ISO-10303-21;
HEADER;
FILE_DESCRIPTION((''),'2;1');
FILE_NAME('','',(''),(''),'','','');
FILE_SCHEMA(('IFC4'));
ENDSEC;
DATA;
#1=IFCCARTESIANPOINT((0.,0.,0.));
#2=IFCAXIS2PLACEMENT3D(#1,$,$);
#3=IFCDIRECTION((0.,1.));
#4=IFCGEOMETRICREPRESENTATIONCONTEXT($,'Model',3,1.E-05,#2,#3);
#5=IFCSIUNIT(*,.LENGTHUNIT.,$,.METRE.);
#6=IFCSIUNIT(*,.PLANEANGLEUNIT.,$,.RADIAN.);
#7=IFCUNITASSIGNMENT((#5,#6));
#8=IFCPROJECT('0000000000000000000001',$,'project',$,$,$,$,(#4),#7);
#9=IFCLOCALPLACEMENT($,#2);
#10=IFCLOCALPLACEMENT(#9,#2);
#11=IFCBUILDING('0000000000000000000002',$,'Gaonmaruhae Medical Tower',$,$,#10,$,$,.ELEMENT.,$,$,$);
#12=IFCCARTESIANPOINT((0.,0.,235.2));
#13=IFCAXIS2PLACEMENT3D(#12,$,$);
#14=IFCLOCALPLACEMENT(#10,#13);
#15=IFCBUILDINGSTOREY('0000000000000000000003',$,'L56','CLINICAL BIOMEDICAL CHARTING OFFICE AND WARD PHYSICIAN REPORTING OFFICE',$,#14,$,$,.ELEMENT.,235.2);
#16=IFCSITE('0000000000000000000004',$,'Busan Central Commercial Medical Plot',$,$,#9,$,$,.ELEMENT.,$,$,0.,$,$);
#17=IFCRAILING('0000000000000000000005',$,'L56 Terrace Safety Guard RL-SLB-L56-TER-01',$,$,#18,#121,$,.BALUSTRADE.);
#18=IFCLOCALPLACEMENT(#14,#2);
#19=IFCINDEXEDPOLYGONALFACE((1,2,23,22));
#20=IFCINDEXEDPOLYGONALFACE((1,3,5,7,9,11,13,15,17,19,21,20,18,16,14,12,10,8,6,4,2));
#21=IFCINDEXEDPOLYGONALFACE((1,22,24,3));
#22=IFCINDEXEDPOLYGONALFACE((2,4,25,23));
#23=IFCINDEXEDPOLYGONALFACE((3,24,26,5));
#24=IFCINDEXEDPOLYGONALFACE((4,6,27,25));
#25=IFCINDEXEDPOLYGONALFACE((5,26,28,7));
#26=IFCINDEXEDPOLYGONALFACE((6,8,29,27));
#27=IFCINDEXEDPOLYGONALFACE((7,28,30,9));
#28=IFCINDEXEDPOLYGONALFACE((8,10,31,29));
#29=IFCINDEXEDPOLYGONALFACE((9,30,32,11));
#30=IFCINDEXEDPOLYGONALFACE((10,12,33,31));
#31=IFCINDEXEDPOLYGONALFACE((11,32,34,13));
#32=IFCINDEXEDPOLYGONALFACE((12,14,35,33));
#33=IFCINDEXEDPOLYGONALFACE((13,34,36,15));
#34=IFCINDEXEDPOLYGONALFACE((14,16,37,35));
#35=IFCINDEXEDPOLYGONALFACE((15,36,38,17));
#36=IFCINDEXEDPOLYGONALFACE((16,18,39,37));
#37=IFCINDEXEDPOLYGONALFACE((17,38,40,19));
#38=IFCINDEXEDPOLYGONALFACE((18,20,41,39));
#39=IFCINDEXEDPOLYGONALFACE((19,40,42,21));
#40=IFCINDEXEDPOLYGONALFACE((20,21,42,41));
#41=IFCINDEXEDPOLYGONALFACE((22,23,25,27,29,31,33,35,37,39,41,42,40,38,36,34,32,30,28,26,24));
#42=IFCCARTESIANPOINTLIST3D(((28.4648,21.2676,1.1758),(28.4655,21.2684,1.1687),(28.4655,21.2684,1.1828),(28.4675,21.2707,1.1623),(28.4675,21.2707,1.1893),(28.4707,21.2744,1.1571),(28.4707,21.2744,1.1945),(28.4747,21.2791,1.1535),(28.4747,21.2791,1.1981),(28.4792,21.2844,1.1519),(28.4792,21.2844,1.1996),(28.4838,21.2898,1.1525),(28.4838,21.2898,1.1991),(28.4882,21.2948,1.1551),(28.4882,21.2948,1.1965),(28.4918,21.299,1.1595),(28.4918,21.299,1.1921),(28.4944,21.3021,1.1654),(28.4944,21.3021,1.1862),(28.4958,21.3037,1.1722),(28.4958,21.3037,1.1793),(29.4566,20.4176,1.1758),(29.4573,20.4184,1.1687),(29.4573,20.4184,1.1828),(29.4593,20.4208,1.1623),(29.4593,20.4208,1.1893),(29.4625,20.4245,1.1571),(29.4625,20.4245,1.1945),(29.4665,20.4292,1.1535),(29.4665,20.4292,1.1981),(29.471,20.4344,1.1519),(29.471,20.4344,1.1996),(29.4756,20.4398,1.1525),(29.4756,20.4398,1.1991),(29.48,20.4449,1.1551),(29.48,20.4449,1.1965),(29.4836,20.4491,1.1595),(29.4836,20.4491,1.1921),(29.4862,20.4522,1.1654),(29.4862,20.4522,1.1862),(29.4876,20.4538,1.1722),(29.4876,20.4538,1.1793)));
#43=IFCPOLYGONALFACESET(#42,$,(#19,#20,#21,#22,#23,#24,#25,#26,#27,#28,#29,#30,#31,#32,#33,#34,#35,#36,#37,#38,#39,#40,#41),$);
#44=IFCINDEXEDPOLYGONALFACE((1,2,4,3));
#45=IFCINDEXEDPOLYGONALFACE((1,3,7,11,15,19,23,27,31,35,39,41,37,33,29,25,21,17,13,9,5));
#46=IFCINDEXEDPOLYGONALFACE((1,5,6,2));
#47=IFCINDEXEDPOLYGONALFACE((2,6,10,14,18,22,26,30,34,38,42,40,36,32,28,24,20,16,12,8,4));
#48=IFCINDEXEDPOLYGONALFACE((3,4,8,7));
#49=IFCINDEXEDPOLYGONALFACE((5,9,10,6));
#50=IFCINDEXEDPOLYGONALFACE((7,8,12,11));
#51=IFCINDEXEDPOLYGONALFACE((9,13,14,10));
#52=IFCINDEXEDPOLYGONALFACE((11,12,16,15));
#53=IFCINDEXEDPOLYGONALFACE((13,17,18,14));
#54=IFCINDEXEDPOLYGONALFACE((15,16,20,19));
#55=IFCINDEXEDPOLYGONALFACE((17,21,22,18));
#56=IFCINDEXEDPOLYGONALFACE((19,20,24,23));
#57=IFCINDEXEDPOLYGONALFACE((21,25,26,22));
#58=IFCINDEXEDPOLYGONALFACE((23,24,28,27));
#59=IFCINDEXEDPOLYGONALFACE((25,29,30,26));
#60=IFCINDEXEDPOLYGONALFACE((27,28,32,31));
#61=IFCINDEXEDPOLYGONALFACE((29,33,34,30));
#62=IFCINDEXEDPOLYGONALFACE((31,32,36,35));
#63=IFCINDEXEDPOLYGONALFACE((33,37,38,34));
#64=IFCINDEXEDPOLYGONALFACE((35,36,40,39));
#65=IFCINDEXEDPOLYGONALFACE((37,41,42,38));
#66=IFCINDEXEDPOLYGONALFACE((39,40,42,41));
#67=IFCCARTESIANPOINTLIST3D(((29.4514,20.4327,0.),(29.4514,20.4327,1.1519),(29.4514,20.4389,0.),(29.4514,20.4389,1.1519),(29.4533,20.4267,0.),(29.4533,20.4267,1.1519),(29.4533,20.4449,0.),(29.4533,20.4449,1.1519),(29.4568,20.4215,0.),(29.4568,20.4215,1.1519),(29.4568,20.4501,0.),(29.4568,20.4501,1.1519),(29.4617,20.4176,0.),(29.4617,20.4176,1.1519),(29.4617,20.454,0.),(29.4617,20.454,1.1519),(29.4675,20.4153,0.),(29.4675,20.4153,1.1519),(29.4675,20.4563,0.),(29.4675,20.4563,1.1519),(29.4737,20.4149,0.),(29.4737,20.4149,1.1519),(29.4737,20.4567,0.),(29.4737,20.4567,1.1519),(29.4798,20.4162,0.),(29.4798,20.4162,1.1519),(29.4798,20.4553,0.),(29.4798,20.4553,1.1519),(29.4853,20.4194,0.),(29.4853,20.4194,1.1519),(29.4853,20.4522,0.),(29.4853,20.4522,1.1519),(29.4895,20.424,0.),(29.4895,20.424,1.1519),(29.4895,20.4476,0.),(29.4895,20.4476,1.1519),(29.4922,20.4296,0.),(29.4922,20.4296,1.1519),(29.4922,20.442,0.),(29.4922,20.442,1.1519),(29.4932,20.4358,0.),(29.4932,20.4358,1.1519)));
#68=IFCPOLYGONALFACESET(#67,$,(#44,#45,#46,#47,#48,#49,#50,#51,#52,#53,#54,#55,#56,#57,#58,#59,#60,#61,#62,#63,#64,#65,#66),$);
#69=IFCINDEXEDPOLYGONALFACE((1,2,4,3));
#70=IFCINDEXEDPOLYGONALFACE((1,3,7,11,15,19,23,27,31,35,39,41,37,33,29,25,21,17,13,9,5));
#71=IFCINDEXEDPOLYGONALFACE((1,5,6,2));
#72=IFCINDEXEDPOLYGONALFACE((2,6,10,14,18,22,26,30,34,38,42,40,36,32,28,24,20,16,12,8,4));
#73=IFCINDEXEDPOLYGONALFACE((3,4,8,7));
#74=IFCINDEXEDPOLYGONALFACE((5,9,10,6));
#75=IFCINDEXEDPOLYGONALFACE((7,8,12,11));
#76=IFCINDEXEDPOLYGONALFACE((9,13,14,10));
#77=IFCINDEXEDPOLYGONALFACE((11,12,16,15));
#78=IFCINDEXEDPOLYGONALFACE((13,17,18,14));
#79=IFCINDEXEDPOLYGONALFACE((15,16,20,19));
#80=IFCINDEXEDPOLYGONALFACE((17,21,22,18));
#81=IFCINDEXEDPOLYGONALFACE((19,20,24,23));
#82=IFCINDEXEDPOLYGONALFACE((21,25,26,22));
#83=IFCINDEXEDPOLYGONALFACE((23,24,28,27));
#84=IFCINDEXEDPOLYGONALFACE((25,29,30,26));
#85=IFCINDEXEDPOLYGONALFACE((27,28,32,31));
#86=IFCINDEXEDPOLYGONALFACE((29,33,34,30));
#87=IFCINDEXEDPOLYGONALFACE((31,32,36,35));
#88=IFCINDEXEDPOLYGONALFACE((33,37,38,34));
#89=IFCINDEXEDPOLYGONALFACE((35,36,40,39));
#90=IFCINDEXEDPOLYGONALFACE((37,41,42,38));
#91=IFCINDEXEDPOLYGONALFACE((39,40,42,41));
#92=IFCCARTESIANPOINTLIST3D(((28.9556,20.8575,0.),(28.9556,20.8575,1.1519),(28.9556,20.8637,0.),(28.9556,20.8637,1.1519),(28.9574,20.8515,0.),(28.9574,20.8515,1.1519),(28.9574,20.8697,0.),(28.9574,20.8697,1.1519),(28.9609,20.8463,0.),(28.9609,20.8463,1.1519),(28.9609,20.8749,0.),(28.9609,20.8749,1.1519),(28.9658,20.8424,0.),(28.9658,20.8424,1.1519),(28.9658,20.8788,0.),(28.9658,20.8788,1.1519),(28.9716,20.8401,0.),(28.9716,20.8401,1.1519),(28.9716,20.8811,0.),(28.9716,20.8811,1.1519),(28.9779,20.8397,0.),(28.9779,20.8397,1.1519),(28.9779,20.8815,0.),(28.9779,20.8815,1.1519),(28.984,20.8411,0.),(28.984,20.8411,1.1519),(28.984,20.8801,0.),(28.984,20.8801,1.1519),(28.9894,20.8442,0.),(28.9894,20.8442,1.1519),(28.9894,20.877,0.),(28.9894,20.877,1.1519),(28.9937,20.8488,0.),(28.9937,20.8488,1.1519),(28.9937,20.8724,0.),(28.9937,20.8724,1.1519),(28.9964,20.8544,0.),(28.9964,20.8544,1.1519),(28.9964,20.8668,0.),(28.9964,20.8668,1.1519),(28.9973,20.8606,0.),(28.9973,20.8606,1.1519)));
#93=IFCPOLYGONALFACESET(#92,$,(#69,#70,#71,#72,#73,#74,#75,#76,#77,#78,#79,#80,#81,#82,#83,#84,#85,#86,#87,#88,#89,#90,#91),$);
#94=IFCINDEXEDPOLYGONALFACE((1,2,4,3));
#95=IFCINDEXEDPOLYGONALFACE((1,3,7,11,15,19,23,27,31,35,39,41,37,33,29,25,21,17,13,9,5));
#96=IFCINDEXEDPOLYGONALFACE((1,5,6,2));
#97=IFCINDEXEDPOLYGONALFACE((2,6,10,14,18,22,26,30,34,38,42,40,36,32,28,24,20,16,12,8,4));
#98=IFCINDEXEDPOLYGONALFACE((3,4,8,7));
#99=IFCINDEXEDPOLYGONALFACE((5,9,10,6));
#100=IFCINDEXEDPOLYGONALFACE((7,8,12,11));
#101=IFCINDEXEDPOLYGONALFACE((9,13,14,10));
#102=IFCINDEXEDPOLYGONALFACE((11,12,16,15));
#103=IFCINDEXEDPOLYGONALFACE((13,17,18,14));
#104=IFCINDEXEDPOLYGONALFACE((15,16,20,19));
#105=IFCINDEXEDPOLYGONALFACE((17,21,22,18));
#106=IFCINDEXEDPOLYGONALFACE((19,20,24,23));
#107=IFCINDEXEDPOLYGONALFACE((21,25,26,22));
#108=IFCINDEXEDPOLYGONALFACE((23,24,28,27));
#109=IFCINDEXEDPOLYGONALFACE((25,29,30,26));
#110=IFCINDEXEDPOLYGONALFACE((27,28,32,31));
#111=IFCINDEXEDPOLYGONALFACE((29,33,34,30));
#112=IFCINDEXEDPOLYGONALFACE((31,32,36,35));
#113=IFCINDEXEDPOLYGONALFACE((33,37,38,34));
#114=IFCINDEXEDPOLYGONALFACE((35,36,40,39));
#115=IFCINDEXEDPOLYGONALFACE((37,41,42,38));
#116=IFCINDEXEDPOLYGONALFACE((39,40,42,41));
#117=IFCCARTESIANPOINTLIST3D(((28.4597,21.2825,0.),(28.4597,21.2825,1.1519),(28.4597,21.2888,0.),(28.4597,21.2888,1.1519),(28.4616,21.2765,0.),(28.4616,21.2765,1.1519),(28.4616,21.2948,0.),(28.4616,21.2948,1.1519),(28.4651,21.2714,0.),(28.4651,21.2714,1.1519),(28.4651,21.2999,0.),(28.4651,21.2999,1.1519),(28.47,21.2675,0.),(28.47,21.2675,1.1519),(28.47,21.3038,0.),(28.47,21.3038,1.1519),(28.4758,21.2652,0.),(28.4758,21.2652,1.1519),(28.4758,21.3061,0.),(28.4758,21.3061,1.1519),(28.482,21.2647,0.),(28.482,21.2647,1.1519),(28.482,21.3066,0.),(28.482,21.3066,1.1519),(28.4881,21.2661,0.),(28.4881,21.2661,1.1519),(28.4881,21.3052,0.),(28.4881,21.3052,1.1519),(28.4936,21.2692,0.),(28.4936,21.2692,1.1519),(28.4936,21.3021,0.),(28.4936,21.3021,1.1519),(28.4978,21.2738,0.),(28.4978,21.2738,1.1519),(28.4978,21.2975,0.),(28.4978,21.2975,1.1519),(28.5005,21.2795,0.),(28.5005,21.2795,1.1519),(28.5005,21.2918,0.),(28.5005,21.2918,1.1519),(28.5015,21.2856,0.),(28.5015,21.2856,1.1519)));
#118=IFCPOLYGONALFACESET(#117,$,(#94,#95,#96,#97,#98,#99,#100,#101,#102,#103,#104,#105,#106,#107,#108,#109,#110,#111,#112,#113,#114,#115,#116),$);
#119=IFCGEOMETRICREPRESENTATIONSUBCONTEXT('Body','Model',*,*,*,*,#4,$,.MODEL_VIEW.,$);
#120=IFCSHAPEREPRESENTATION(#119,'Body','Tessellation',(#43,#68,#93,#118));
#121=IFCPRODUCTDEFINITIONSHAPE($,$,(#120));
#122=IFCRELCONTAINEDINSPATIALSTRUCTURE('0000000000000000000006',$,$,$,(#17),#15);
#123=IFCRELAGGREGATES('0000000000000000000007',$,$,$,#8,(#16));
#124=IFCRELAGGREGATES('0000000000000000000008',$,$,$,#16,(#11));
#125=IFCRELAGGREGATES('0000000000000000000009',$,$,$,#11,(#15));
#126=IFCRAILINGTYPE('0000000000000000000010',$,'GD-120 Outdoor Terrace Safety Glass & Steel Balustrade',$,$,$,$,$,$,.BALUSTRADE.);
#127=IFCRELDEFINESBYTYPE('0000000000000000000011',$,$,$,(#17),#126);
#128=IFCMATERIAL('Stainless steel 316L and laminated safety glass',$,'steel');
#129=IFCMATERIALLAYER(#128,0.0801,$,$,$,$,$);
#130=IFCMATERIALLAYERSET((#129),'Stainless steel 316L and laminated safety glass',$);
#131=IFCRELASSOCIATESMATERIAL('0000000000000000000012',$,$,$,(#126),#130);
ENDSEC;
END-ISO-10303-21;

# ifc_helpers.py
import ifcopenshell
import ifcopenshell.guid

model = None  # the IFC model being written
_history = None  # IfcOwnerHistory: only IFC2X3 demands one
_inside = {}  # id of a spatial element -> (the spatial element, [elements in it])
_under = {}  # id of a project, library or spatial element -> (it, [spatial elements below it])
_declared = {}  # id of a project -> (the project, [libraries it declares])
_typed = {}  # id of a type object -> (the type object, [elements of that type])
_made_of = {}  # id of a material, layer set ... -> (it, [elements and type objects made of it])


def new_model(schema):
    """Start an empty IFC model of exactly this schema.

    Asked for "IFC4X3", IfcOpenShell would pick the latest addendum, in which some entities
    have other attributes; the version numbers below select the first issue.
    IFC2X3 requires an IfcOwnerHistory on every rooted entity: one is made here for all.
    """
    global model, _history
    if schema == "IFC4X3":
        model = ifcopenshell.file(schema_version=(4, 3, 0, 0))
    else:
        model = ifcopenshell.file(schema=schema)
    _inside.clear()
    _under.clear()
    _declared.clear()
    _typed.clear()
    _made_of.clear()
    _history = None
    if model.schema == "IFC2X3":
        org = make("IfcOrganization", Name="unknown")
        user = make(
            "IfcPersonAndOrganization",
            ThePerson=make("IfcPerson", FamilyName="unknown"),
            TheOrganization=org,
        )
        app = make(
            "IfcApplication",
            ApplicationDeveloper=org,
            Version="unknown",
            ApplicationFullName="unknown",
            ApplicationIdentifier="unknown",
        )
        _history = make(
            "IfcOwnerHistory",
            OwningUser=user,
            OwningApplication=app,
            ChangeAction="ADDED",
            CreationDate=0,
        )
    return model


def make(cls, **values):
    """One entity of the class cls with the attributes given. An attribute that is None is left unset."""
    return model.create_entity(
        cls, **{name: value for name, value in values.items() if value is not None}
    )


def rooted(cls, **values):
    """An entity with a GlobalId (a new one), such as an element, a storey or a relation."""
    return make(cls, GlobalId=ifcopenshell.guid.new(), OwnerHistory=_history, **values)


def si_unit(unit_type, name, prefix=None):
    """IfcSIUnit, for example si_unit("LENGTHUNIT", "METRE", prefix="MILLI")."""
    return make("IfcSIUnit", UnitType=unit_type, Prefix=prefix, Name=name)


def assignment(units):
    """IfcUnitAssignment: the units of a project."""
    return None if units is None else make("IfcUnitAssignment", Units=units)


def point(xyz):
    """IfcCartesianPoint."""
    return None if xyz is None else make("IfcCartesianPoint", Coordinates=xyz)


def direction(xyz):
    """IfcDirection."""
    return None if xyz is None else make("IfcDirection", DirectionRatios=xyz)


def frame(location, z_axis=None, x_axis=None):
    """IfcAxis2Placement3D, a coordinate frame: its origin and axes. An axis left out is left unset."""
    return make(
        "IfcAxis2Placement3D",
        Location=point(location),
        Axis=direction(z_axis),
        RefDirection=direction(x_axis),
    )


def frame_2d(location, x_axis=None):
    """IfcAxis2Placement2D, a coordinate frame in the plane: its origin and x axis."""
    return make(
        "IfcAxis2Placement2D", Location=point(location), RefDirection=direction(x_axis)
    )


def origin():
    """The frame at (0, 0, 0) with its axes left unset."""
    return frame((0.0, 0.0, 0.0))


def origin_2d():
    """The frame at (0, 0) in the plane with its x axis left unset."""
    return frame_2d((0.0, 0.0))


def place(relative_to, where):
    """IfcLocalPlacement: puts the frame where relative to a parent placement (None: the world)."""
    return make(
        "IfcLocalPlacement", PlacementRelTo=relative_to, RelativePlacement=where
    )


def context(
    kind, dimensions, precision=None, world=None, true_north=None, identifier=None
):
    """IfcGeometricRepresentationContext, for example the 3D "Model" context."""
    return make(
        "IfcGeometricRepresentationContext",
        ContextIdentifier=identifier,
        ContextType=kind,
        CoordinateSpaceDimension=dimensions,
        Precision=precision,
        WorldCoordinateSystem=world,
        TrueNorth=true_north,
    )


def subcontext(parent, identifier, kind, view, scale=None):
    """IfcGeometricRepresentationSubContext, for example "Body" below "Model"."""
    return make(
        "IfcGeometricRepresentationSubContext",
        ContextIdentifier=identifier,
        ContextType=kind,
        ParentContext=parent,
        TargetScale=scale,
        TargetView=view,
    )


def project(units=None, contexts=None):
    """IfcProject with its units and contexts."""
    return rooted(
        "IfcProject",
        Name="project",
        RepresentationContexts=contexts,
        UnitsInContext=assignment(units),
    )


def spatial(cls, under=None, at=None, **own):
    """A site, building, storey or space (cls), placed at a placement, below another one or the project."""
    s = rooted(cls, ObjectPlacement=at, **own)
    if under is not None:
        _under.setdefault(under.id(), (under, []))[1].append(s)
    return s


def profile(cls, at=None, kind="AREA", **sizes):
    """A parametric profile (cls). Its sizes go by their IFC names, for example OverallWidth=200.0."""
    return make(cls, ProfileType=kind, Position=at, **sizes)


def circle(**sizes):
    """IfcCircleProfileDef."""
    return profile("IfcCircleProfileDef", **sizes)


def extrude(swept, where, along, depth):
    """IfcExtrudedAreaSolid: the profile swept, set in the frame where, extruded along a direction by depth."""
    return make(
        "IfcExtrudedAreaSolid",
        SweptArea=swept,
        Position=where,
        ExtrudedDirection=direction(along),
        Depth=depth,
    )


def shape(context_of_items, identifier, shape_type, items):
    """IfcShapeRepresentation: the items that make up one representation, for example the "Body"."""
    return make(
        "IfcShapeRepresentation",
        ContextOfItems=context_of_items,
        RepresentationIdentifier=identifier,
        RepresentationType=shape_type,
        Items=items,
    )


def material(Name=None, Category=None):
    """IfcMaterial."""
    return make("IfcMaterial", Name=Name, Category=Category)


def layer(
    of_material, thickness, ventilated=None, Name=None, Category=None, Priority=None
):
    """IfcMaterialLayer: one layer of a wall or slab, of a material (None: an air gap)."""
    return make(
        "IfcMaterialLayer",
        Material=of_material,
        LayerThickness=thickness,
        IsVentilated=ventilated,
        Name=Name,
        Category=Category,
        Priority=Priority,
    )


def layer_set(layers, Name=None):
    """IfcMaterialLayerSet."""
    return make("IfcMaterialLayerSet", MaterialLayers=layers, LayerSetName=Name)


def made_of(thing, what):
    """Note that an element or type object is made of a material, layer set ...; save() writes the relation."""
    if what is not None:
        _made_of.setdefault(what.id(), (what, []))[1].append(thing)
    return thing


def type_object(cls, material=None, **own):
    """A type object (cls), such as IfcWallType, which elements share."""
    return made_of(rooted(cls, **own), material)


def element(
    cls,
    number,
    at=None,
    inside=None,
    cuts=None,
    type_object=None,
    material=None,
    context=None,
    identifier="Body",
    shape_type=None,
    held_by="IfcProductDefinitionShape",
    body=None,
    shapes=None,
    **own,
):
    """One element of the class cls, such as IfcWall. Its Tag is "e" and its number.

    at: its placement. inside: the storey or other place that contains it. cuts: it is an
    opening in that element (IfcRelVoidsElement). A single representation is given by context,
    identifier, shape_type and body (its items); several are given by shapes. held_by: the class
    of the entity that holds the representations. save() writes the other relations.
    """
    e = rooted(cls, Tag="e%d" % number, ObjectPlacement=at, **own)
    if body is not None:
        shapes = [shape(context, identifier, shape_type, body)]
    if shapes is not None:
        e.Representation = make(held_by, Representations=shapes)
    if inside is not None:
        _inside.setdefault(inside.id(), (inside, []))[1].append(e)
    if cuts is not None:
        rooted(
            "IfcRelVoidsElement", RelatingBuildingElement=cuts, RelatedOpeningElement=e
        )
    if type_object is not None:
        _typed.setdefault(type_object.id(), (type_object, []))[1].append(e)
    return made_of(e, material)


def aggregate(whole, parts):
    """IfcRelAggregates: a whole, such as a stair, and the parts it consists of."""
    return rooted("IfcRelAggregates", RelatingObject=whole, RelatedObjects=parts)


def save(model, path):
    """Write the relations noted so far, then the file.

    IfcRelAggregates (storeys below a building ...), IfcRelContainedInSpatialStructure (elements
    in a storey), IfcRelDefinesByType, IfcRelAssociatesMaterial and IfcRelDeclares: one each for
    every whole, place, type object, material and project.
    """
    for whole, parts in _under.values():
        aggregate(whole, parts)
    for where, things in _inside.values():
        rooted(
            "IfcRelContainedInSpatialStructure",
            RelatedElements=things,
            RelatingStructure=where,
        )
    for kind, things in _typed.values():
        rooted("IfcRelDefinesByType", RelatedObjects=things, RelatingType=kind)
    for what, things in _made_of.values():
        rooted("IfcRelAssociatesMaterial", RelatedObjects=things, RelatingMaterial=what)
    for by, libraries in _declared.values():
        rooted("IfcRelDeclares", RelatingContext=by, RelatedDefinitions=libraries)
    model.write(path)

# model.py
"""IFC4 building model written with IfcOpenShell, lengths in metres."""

from ifc_helpers import new_model, si_unit, direction, frame, origin, origin_2d, place, context, subcontext, project, spatial, circle, extrude, material, layer, layer_set, type_object, element, save


model = new_model("IFC4")

# Units and contexts
model_context = context("Model", 3, precision=1e-05, world=origin(), true_north=direction((0.0, 1.0)))
body_context = subcontext(model_context, "Body", "Model", "MODEL_VIEW")
ifc_project = project(units=[si_unit("LENGTHUNIT", "METRE"), si_unit("PLANEANGLEUNIT", "RADIAN")], contexts=[model_context])

# Site, building, storey
site_placement = place(None, origin())
site = spatial("IfcSite", under=ifc_project, at=site_placement, Name="Busan Central Commercial Medical Plot", CompositionType="ELEMENT", RefElevation=0.0)
building_placement = place(site_placement, origin())
building = spatial("IfcBuilding", under=site, at=building_placement, Name="Gaonmaruhae Medical Tower", CompositionType="ELEMENT")
storey_placement = place(building_placement, frame((0.0, 0.0, 235.2)))
storey = spatial("IfcBuildingStorey", under=building, at=storey_placement, Name="L56", Description="CLINICAL BIOMEDICAL CHARTING OFFICE AND WARD PHYSICIAN REPORTING OFFICE", CompositionType="ELEMENT", Elevation=235.2)

# Railing
ifc_material_1 = material(Name="Stainless steel 316L and laminated safety glass", Category="steel")
ifc_layer_1 = layer(ifc_material_1, 0.0801)
ifc_layer_set_1 = layer_set([ifc_layer_1], Name="Stainless steel 316L and laminated safety glass")
railing_type_1 = type_object("IfcRailingType", Name="GD-120 Outdoor Terrace Safety Glass & Steel Balustrade", PredefinedType="BALUSTRADE", material=ifc_layer_set_1)
railing_1_placement = place(storey_placement, frame((29.4722, 20.4358, 0.0)))
element("IfcRailing", 1, at=railing_1_placement, inside=storey, type_object=railing_type_1, Name="L56 Terrace Safety Guard RL-SLB-L56-TER-01", PredefinedType="BALUSTRADE", context=body_context, shape_type="SweptSolid", body=[
    extrude(circle(Radius=0.0239, at=origin_2d()), frame((0.0, 0.0, 1.1758), z_axis=(-0.759323, 0.650714, 0.0), x_axis=(-0.650714, -0.759323, 0.0)), (0.0, 0.0, 1.0), 1.3062),
    extrude(circle(Radius=0.021, at=origin_2d()), origin(), (0.0, 0.0, 1.0), 1.1519),
    extrude(circle(Radius=0.021, at=origin_2d()), frame((-0.4958, 0.4248, 0.0)), (0.0, 0.0, 1.0), 1.1519),
    extrude(circle(Radius=0.021, at=origin_2d()), frame((-0.9917, 0.8499, 0.0)), (0.0, 0.0, 1.0), 1.1519),
])

save(model, "model.ifc")
